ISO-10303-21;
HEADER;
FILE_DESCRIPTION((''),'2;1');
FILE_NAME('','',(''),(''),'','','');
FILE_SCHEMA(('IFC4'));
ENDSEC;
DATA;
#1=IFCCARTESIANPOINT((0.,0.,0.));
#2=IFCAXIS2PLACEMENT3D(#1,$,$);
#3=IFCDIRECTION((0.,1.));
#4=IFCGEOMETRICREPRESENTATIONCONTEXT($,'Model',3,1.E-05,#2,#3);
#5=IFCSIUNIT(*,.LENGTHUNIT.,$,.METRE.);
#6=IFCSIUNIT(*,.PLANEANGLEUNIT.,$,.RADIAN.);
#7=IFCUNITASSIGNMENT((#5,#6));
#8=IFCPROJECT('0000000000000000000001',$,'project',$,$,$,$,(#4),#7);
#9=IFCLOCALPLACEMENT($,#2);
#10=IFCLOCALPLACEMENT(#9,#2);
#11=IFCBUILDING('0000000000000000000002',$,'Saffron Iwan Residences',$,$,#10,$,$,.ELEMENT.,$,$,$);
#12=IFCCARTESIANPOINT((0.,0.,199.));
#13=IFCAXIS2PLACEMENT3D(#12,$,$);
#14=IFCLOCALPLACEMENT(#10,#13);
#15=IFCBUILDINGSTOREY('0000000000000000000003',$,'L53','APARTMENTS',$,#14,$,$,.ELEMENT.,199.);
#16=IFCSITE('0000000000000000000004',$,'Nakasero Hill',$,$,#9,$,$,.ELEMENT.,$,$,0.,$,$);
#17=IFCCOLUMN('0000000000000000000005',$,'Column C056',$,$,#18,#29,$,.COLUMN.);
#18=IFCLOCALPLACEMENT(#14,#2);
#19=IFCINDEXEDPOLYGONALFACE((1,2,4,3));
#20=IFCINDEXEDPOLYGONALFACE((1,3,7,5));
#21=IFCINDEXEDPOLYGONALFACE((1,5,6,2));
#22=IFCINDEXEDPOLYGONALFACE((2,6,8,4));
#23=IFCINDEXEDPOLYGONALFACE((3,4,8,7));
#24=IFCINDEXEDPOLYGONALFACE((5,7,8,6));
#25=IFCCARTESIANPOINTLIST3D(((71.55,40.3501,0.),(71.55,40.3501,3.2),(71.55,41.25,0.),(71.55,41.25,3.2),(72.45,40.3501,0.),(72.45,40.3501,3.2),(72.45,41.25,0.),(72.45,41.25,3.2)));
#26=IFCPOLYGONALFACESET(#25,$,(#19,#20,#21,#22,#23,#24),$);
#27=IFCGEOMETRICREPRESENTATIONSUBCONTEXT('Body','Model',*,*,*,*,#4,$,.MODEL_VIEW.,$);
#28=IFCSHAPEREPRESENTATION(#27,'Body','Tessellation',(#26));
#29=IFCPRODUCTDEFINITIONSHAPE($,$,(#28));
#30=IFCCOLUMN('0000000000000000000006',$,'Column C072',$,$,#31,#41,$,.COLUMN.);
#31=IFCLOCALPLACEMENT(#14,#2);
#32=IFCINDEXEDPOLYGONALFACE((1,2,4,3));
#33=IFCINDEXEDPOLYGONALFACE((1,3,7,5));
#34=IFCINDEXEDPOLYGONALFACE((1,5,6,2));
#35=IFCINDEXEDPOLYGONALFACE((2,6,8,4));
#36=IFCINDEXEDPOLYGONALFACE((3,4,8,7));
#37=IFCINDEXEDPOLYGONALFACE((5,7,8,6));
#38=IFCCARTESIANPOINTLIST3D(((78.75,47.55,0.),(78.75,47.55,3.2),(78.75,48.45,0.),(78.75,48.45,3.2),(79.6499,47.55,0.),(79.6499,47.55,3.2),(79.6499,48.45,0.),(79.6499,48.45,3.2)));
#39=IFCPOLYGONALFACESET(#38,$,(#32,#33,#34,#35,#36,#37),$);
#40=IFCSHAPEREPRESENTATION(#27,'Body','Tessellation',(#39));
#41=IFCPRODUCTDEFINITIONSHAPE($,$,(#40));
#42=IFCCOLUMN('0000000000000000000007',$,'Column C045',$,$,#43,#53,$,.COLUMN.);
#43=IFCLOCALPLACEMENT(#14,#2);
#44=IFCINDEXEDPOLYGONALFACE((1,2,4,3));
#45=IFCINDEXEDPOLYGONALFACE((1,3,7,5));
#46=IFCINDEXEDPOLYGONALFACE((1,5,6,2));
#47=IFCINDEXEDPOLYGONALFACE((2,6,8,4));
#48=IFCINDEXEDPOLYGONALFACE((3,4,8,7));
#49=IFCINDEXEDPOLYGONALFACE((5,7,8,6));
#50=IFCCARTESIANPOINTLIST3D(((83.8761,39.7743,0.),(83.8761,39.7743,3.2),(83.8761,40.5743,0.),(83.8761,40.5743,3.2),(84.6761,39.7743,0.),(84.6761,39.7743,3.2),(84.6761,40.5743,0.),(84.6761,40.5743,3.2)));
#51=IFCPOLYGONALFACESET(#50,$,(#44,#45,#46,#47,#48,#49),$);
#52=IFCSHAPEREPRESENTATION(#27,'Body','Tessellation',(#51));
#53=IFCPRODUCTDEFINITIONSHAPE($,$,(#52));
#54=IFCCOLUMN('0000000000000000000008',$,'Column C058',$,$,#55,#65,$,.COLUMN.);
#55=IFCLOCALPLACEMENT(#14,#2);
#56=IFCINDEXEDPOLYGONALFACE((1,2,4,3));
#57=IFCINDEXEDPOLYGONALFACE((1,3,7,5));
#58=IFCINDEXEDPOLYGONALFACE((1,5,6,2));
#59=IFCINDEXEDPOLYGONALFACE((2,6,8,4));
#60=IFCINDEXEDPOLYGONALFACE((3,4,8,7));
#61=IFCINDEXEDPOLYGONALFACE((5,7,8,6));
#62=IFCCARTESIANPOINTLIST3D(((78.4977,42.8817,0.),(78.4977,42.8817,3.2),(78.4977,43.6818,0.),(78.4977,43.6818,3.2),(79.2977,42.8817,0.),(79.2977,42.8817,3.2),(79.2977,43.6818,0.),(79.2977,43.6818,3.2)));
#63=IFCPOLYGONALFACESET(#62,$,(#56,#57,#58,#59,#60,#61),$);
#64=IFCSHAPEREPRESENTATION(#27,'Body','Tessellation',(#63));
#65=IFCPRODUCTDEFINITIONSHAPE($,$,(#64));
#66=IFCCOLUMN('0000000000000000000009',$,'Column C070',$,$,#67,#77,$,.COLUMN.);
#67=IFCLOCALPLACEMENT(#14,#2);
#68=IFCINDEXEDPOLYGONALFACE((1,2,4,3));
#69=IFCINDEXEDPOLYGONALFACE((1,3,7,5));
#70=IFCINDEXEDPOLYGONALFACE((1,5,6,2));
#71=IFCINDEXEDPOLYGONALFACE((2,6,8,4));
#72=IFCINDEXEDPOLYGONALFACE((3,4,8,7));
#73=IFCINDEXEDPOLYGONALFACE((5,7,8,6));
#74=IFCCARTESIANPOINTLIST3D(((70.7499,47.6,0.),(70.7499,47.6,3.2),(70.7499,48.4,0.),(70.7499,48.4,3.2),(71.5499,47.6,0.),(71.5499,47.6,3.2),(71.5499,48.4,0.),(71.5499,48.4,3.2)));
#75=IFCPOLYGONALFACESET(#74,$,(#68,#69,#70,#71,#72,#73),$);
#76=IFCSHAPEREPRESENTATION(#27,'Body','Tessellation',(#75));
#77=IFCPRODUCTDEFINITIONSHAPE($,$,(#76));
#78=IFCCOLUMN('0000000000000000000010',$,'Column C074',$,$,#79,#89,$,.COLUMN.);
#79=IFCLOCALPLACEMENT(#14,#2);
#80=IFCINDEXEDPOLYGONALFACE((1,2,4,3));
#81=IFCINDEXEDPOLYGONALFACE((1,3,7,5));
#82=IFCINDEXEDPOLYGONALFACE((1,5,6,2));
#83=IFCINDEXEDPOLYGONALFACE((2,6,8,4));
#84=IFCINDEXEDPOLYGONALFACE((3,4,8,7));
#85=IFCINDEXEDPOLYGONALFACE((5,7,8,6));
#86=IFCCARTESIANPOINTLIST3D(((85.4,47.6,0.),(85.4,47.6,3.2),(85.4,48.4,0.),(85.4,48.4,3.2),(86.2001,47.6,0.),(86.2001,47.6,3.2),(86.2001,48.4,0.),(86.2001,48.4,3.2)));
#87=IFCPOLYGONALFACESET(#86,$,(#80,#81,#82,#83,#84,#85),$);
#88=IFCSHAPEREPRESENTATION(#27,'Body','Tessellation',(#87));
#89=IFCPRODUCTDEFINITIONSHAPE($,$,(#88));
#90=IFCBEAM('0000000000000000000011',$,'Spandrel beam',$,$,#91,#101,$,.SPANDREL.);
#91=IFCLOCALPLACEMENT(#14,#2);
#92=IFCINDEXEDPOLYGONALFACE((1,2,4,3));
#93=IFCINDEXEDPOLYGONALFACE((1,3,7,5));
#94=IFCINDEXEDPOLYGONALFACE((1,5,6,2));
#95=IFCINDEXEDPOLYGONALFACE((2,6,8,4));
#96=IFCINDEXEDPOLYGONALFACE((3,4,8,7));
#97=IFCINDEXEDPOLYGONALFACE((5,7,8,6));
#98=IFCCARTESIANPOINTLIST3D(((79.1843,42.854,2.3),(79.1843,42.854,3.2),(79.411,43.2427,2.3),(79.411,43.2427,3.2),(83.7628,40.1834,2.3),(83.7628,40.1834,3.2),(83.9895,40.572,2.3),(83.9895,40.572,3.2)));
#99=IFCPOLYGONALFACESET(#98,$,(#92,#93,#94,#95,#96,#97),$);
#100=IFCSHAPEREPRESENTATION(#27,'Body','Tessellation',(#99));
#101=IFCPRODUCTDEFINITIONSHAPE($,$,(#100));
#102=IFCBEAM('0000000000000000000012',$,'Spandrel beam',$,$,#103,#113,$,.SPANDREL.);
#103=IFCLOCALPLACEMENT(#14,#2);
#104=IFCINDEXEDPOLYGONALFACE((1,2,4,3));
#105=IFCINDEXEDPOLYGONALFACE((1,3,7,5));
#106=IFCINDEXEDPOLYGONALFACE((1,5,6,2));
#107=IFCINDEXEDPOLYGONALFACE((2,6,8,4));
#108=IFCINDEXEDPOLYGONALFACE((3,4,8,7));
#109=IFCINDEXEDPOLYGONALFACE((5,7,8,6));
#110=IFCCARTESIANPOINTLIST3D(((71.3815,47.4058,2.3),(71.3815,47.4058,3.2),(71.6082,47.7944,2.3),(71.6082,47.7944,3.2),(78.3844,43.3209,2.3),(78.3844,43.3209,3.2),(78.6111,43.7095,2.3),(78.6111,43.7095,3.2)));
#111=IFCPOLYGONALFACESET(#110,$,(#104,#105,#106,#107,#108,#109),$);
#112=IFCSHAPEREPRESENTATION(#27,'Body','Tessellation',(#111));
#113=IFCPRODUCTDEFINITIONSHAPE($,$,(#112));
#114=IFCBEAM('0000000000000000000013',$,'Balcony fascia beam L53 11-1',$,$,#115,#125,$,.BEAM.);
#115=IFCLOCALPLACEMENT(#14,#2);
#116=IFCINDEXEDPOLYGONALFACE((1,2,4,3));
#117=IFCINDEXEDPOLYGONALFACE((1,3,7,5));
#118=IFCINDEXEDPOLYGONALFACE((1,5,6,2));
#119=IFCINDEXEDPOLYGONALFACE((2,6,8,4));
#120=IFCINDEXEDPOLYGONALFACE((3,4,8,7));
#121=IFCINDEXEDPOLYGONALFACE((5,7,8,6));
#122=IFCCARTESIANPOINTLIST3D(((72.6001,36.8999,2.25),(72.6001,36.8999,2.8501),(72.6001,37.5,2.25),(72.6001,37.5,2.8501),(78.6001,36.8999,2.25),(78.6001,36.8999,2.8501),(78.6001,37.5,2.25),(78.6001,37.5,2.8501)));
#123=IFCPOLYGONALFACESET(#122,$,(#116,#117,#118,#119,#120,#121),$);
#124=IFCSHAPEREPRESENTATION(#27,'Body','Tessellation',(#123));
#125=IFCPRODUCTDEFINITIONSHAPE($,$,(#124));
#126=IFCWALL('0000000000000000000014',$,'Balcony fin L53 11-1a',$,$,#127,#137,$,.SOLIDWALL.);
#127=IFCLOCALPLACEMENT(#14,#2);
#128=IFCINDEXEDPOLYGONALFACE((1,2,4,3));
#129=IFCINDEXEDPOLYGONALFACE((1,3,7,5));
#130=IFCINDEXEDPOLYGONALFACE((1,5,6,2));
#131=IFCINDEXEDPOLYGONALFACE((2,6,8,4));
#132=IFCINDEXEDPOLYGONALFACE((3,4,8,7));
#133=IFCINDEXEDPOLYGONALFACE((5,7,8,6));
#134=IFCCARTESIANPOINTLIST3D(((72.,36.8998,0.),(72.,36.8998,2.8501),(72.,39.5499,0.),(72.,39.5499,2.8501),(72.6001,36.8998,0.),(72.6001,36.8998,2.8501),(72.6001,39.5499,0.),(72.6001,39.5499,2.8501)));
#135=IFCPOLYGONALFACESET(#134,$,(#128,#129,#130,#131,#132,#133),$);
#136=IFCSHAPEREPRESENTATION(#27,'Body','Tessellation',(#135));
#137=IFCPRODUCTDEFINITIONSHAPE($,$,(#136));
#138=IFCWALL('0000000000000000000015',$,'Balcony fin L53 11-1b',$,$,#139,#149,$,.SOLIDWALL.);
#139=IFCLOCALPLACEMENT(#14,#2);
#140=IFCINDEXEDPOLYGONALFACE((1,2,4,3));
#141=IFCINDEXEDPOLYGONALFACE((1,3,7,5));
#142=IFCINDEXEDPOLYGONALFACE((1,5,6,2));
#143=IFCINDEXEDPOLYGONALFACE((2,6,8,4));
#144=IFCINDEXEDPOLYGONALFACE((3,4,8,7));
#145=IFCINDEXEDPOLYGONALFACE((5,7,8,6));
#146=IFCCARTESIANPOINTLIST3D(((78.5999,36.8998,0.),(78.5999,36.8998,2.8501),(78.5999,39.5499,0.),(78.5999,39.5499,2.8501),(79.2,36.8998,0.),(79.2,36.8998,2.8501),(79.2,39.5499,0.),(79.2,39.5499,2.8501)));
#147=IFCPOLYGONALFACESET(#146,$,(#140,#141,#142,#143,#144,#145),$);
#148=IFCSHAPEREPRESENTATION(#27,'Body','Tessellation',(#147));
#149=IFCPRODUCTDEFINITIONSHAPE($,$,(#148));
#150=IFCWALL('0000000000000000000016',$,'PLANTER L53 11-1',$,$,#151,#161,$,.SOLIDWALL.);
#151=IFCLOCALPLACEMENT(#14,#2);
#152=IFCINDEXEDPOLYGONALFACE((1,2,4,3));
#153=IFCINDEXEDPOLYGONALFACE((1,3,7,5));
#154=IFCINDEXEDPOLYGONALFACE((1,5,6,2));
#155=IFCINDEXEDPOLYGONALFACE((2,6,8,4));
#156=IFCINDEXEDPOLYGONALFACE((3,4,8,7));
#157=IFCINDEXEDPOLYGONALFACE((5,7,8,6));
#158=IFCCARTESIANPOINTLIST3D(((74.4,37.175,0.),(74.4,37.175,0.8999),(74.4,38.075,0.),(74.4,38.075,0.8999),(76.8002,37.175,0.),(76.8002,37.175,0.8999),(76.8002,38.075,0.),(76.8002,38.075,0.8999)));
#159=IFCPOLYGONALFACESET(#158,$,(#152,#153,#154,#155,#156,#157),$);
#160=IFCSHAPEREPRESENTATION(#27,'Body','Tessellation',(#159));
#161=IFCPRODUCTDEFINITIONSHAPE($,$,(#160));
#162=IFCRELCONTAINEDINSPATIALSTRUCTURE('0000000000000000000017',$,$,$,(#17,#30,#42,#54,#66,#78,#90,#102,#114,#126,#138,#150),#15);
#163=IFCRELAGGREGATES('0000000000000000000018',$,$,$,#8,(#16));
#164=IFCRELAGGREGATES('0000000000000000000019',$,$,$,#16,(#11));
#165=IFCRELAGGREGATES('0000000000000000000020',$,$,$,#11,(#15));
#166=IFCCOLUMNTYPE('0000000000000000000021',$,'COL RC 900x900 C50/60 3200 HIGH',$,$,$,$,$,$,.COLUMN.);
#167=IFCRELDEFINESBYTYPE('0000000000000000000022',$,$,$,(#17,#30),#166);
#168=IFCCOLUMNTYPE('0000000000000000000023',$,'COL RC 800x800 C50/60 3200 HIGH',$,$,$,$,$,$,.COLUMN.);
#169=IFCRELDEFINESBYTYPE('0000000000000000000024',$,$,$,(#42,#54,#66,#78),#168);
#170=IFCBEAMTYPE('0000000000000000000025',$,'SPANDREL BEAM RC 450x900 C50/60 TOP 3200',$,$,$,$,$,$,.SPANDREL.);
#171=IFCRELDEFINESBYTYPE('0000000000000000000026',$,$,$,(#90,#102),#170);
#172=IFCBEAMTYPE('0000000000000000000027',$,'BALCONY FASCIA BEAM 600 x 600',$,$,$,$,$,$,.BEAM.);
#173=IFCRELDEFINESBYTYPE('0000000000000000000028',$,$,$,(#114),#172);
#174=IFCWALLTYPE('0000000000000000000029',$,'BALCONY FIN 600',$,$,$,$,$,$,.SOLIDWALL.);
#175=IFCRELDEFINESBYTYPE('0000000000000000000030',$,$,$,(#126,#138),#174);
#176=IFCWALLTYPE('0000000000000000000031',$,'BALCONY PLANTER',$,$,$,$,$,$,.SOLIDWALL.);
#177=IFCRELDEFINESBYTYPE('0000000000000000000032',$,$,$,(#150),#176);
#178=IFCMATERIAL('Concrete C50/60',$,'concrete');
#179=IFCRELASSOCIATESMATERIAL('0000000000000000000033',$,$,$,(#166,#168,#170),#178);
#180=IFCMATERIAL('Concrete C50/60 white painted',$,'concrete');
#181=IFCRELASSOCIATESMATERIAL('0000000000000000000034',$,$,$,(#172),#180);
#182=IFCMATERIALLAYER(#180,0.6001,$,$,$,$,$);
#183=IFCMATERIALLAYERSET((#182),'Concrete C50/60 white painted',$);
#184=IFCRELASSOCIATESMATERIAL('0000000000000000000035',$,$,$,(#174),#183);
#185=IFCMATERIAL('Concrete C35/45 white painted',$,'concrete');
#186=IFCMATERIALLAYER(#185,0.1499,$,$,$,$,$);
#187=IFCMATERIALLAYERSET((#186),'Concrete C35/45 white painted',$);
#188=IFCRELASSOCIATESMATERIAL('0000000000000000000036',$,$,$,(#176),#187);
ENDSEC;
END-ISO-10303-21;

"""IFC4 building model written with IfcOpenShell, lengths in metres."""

from ifc_helpers import new_model, si_unit, direction, frame, frame_2d, origin, origin_2d, place, context, subcontext, project, spatial, rectangle, extrude, source, transform, mapped, material, layer, layer_set, material_profile, profile_set, type_object, element, save


model = new_model("IFC4")

# Units and contexts
model_context = context("Model", 3, precision=1e-05, world=origin(), true_north=direction((0.0, 1.0)))
body_context = subcontext(model_context, "Body", "Model", "MODEL_VIEW")
ifc_project = project(units=[si_unit("LENGTHUNIT", "METRE"), si_unit("PLANEANGLEUNIT", "RADIAN")], contexts=[model_context])

# Site, building, storey
site_placement = place(None, origin())
site = spatial("IfcSite", under=ifc_project, at=site_placement, Name="Nakasero Hill", CompositionType="ELEMENT", RefElevation=0.0)
building_placement = place(site_placement, origin())
building = spatial("IfcBuilding", under=site, at=building_placement, Name="Saffron Iwan Residences", CompositionType="ELEMENT")
storey_placement = place(building_placement, frame((0.0, 0.0, 199.0)))
storey = spatial("IfcBuildingStorey", under=building, at=storey_placement, Name="L53", Description="APARTMENTS", CompositionType="ELEMENT", Elevation=199.0)

# Columns
ifc_material_1 = material(Name="Concrete C50/60", Category="concrete")
ifc_material_profile_1 = material_profile(ifc_material_1, rectangle(XDim=0.8999, YDim=0.8999, at=origin_2d()), Name="RC 900x900")
ifc_profile_set_1 = profile_set([ifc_material_profile_1], Name="Concrete C50/60")
column_type_1 = type_object("IfcColumnType", Name="COL RC 900x900 C50/60 3200 HIGH", PredefinedType="COLUMN", material=ifc_profile_set_1)
shared_shape_1 = source(origin(), body_context, "Body", "SweptSolid", [
    extrude(rectangle(XDim=0.8999, YDim=0.8999, at=origin_2d()), origin(), (0.0, 0.0, 1.0), 3.2),
])
for number, where, z_axis, x_axis, name in (
    (1, (72.0, 40.8, 0.0), (0.0, 0.0, 1.0), (1.0, 0.0, 0.0), "Column C056"),
    (2, (79.2, 48.0, 0.0), (0.0, 0.0, 1.0), (1.0, 0.0, 0.0), "Column C072"),
):
    element("IfcColumn", number, at=place(storey_placement, frame(where, z_axis=z_axis, x_axis=x_axis)), inside=storey, type_object=column_type_1, Name=name, PredefinedType="COLUMN", context=body_context, shape_type="MappedRepresentation", body=[
        mapped(shared_shape_1, transform((0.0, 0.0, 0.0))),
    ])
ifc_material_profile_2 = material_profile(ifc_material_1, rectangle(XDim=0.8, YDim=0.8, at=origin_2d()), Name="RC 800x800")
ifc_profile_set_2 = profile_set([ifc_material_profile_2], Name="Concrete C50/60")
column_type_2 = type_object("IfcColumnType", Name="COL RC 800x800 C50/60 3200 HIGH", PredefinedType="COLUMN", material=ifc_profile_set_2)
shared_shape_2 = source(origin(), body_context, "Body", "SweptSolid", [
    extrude(rectangle(XDim=0.8, YDim=0.8, at=origin_2d()), origin(), (0.0, 0.0, 1.0), 3.2),
])
for number, where, z_axis, x_axis, name in (
    (3, (84.2761, 40.1743, 0.0), (0.0, 0.0, 1.0), (1.0, 0.0, 0.0), "Column C045"),
    (4, (78.8977, 43.2817, 0.0), (0.0, 0.0, 1.0), (1.0, 0.0, 0.0), "Column C058"),
    (5, (71.1499, 48.0, 0.0), (0.0, 0.0, 1.0), (1.0, 0.0, 0.0), "Column C070"),
    (6, (85.8, 48.0, 0.0), (0.0, 0.0, 1.0), (1.0, 0.0, 0.0), "Column C074"),
):
    element("IfcColumn", number, at=place(storey_placement, frame(where, z_axis=z_axis, x_axis=x_axis)), inside=storey, type_object=column_type_2, Name=name, PredefinedType="COLUMN", context=body_context, shape_type="MappedRepresentation", body=[
        mapped(shared_shape_2, transform((0.0, 0.0, 0.0))),
    ])

# Beams
ifc_material_profile_3 = material_profile(ifc_material_1, rectangle(XDim=0.45, YDim=0.8999, at=origin_2d()), Name="RC 450x900")
ifc_profile_set_3 = profile_set([ifc_material_profile_3], Name="Concrete C50/60")
beam_type_1 = type_object("IfcBeamType", Name="SPANDREL BEAM RC 450x900 C50/60 TOP 3200", PredefinedType="SPANDREL", material=ifc_profile_set_3)
shared_shape_3 = source(origin(), body_context, "Body", "SweptSolid", [
    extrude(rectangle(XDim=0.45, YDim=0.8999, at=origin_2d()), origin(), (0.0, 0.0, 1.0), 5.3005),
])
beam_1_placement = place(storey_placement, frame((79.2976, 43.0483, 2.75), z_axis=(0.863796, -0.503842, 0.0), x_axis=(0.503842, 0.863796, 0.0)))
element("IfcBeam", 7, at=beam_1_placement, inside=storey, type_object=beam_type_1, Name="Spandrel beam", PredefinedType="SPANDREL", context=body_context, shape_type="MappedRepresentation", body=[
    mapped(shared_shape_3, transform((0.0, 0.0, 0.0))),
])
shared_shape_4 = source(origin(), body_context, "Body", "SweptSolid", [
    extrude(rectangle(XDim=0.45, YDim=0.8999, at=origin_2d()), origin(), (0.0, 0.0, 1.0), 8.1072),
])
beam_2_placement = place(storey_placement, frame((71.4949, 47.6001, 2.75), z_axis=(0.863783, -0.503864, 0.0), x_axis=(0.503864, 0.863783, 0.0)))
element("IfcBeam", 8, at=beam_2_placement, inside=storey, type_object=beam_type_1, Name="Spandrel beam", PredefinedType="SPANDREL", context=body_context, shape_type="MappedRepresentation", body=[
    mapped(shared_shape_4, transform((0.0, 0.0, 0.0))),
])
ifc_material_2 = material(Name="Concrete C50/60 white painted", Category="concrete")
ifc_material_profile_4 = material_profile(ifc_material_2, rectangle(XDim=0.6001, YDim=0.6001, at=origin_2d()), Name="BALCONY FASCIA BEAM 600 x 600")
ifc_profile_set_4 = profile_set([ifc_material_profile_4], Name="Concrete C50/60 white painted")
beam_type_2 = type_object("IfcBeamType", Name="BALCONY FASCIA BEAM 600 x 600", PredefinedType="BEAM", material=ifc_profile_set_4)
shared_shape_5 = source(origin(), body_context, "Body", "SweptSolid", [
    extrude(rectangle(XDim=0.6001, YDim=0.6001, at=origin_2d()), origin(), (0.0, 0.0, 1.0), 6.0),
])
beam_3_placement = place(storey_placement, frame((72.6001, 37.2, 2.55), z_axis=(1.0, 0.0, 0.0), x_axis=(0.0, 1.0, 0.0)))
element("IfcBeam", 9, at=beam_3_placement, inside=storey, type_object=beam_type_2, Name="Balcony fascia beam L53 11-1", PredefinedType="BEAM", context=body_context, shape_type="MappedRepresentation", body=[
    mapped(shared_shape_5, transform((0.0, 0.0, 0.0))),
])

# Walls
ifc_layer_1 = layer(ifc_material_2, 0.6001)
ifc_layer_set_1 = layer_set([ifc_layer_1], Name="Concrete C50/60 white painted")
wall_type_1 = type_object("IfcWallType", Name="BALCONY FIN 600", PredefinedType="SOLIDWALL", material=ifc_layer_set_1)
for number, where, z_axis, x_axis, name in (
    (10, (72.3, 39.55, 0.0), (0.0, 0.0, 1.0), (0.0, -1.0, 0.0), "Balcony fin L53 11-1a"),
    (11, (78.8999, 39.55, 0.0), (0.0, 0.0, 1.0), (0.0, -1.0, 0.0), "Balcony fin L53 11-1b"),
):
    element("IfcWall", number, at=place(storey_placement, frame(where, z_axis=z_axis, x_axis=x_axis)), inside=storey, type_object=wall_type_1, Name=name, PredefinedType="SOLIDWALL", context=body_context, shape_type="SweptSolid", body=[
        extrude(rectangle(XDim=2.6501, YDim=0.6001, at=frame_2d((1.3252, 0.0))), origin(), (0.0, 0.0, 1.0), 2.8501),
    ])
ifc_material_3 = material(Name="Concrete C35/45 white painted", Category="concrete")
ifc_layer_2 = layer(ifc_material_3, 0.1499)
ifc_layer_set_2 = layer_set([ifc_layer_2], Name="Concrete C35/45 white painted")
wall_type_2 = type_object("IfcWallType", Name="BALCONY PLANTER", PredefinedType="SOLIDWALL", material=ifc_layer_set_2)
wall_1_placement = place(storey_placement, frame((74.3999, 37.625, 0.0), z_axis=(0.0, 0.0, 1.0), x_axis=(1.0, 0.0, 0.0)))
element("IfcWall", 12, at=wall_1_placement, inside=storey, type_object=wall_type_2, Name="PLANTER L53 11-1", PredefinedType="SOLIDWALL", context=body_context, shape_type="SweptSolid", body=[
    extrude(rectangle(XDim=2.4001, YDim=0.8999, at=frame_2d((1.2002, 0.0))), origin(), (0.0, 0.0, 1.0), 0.8999),
])

save(model, "model.ifc")
